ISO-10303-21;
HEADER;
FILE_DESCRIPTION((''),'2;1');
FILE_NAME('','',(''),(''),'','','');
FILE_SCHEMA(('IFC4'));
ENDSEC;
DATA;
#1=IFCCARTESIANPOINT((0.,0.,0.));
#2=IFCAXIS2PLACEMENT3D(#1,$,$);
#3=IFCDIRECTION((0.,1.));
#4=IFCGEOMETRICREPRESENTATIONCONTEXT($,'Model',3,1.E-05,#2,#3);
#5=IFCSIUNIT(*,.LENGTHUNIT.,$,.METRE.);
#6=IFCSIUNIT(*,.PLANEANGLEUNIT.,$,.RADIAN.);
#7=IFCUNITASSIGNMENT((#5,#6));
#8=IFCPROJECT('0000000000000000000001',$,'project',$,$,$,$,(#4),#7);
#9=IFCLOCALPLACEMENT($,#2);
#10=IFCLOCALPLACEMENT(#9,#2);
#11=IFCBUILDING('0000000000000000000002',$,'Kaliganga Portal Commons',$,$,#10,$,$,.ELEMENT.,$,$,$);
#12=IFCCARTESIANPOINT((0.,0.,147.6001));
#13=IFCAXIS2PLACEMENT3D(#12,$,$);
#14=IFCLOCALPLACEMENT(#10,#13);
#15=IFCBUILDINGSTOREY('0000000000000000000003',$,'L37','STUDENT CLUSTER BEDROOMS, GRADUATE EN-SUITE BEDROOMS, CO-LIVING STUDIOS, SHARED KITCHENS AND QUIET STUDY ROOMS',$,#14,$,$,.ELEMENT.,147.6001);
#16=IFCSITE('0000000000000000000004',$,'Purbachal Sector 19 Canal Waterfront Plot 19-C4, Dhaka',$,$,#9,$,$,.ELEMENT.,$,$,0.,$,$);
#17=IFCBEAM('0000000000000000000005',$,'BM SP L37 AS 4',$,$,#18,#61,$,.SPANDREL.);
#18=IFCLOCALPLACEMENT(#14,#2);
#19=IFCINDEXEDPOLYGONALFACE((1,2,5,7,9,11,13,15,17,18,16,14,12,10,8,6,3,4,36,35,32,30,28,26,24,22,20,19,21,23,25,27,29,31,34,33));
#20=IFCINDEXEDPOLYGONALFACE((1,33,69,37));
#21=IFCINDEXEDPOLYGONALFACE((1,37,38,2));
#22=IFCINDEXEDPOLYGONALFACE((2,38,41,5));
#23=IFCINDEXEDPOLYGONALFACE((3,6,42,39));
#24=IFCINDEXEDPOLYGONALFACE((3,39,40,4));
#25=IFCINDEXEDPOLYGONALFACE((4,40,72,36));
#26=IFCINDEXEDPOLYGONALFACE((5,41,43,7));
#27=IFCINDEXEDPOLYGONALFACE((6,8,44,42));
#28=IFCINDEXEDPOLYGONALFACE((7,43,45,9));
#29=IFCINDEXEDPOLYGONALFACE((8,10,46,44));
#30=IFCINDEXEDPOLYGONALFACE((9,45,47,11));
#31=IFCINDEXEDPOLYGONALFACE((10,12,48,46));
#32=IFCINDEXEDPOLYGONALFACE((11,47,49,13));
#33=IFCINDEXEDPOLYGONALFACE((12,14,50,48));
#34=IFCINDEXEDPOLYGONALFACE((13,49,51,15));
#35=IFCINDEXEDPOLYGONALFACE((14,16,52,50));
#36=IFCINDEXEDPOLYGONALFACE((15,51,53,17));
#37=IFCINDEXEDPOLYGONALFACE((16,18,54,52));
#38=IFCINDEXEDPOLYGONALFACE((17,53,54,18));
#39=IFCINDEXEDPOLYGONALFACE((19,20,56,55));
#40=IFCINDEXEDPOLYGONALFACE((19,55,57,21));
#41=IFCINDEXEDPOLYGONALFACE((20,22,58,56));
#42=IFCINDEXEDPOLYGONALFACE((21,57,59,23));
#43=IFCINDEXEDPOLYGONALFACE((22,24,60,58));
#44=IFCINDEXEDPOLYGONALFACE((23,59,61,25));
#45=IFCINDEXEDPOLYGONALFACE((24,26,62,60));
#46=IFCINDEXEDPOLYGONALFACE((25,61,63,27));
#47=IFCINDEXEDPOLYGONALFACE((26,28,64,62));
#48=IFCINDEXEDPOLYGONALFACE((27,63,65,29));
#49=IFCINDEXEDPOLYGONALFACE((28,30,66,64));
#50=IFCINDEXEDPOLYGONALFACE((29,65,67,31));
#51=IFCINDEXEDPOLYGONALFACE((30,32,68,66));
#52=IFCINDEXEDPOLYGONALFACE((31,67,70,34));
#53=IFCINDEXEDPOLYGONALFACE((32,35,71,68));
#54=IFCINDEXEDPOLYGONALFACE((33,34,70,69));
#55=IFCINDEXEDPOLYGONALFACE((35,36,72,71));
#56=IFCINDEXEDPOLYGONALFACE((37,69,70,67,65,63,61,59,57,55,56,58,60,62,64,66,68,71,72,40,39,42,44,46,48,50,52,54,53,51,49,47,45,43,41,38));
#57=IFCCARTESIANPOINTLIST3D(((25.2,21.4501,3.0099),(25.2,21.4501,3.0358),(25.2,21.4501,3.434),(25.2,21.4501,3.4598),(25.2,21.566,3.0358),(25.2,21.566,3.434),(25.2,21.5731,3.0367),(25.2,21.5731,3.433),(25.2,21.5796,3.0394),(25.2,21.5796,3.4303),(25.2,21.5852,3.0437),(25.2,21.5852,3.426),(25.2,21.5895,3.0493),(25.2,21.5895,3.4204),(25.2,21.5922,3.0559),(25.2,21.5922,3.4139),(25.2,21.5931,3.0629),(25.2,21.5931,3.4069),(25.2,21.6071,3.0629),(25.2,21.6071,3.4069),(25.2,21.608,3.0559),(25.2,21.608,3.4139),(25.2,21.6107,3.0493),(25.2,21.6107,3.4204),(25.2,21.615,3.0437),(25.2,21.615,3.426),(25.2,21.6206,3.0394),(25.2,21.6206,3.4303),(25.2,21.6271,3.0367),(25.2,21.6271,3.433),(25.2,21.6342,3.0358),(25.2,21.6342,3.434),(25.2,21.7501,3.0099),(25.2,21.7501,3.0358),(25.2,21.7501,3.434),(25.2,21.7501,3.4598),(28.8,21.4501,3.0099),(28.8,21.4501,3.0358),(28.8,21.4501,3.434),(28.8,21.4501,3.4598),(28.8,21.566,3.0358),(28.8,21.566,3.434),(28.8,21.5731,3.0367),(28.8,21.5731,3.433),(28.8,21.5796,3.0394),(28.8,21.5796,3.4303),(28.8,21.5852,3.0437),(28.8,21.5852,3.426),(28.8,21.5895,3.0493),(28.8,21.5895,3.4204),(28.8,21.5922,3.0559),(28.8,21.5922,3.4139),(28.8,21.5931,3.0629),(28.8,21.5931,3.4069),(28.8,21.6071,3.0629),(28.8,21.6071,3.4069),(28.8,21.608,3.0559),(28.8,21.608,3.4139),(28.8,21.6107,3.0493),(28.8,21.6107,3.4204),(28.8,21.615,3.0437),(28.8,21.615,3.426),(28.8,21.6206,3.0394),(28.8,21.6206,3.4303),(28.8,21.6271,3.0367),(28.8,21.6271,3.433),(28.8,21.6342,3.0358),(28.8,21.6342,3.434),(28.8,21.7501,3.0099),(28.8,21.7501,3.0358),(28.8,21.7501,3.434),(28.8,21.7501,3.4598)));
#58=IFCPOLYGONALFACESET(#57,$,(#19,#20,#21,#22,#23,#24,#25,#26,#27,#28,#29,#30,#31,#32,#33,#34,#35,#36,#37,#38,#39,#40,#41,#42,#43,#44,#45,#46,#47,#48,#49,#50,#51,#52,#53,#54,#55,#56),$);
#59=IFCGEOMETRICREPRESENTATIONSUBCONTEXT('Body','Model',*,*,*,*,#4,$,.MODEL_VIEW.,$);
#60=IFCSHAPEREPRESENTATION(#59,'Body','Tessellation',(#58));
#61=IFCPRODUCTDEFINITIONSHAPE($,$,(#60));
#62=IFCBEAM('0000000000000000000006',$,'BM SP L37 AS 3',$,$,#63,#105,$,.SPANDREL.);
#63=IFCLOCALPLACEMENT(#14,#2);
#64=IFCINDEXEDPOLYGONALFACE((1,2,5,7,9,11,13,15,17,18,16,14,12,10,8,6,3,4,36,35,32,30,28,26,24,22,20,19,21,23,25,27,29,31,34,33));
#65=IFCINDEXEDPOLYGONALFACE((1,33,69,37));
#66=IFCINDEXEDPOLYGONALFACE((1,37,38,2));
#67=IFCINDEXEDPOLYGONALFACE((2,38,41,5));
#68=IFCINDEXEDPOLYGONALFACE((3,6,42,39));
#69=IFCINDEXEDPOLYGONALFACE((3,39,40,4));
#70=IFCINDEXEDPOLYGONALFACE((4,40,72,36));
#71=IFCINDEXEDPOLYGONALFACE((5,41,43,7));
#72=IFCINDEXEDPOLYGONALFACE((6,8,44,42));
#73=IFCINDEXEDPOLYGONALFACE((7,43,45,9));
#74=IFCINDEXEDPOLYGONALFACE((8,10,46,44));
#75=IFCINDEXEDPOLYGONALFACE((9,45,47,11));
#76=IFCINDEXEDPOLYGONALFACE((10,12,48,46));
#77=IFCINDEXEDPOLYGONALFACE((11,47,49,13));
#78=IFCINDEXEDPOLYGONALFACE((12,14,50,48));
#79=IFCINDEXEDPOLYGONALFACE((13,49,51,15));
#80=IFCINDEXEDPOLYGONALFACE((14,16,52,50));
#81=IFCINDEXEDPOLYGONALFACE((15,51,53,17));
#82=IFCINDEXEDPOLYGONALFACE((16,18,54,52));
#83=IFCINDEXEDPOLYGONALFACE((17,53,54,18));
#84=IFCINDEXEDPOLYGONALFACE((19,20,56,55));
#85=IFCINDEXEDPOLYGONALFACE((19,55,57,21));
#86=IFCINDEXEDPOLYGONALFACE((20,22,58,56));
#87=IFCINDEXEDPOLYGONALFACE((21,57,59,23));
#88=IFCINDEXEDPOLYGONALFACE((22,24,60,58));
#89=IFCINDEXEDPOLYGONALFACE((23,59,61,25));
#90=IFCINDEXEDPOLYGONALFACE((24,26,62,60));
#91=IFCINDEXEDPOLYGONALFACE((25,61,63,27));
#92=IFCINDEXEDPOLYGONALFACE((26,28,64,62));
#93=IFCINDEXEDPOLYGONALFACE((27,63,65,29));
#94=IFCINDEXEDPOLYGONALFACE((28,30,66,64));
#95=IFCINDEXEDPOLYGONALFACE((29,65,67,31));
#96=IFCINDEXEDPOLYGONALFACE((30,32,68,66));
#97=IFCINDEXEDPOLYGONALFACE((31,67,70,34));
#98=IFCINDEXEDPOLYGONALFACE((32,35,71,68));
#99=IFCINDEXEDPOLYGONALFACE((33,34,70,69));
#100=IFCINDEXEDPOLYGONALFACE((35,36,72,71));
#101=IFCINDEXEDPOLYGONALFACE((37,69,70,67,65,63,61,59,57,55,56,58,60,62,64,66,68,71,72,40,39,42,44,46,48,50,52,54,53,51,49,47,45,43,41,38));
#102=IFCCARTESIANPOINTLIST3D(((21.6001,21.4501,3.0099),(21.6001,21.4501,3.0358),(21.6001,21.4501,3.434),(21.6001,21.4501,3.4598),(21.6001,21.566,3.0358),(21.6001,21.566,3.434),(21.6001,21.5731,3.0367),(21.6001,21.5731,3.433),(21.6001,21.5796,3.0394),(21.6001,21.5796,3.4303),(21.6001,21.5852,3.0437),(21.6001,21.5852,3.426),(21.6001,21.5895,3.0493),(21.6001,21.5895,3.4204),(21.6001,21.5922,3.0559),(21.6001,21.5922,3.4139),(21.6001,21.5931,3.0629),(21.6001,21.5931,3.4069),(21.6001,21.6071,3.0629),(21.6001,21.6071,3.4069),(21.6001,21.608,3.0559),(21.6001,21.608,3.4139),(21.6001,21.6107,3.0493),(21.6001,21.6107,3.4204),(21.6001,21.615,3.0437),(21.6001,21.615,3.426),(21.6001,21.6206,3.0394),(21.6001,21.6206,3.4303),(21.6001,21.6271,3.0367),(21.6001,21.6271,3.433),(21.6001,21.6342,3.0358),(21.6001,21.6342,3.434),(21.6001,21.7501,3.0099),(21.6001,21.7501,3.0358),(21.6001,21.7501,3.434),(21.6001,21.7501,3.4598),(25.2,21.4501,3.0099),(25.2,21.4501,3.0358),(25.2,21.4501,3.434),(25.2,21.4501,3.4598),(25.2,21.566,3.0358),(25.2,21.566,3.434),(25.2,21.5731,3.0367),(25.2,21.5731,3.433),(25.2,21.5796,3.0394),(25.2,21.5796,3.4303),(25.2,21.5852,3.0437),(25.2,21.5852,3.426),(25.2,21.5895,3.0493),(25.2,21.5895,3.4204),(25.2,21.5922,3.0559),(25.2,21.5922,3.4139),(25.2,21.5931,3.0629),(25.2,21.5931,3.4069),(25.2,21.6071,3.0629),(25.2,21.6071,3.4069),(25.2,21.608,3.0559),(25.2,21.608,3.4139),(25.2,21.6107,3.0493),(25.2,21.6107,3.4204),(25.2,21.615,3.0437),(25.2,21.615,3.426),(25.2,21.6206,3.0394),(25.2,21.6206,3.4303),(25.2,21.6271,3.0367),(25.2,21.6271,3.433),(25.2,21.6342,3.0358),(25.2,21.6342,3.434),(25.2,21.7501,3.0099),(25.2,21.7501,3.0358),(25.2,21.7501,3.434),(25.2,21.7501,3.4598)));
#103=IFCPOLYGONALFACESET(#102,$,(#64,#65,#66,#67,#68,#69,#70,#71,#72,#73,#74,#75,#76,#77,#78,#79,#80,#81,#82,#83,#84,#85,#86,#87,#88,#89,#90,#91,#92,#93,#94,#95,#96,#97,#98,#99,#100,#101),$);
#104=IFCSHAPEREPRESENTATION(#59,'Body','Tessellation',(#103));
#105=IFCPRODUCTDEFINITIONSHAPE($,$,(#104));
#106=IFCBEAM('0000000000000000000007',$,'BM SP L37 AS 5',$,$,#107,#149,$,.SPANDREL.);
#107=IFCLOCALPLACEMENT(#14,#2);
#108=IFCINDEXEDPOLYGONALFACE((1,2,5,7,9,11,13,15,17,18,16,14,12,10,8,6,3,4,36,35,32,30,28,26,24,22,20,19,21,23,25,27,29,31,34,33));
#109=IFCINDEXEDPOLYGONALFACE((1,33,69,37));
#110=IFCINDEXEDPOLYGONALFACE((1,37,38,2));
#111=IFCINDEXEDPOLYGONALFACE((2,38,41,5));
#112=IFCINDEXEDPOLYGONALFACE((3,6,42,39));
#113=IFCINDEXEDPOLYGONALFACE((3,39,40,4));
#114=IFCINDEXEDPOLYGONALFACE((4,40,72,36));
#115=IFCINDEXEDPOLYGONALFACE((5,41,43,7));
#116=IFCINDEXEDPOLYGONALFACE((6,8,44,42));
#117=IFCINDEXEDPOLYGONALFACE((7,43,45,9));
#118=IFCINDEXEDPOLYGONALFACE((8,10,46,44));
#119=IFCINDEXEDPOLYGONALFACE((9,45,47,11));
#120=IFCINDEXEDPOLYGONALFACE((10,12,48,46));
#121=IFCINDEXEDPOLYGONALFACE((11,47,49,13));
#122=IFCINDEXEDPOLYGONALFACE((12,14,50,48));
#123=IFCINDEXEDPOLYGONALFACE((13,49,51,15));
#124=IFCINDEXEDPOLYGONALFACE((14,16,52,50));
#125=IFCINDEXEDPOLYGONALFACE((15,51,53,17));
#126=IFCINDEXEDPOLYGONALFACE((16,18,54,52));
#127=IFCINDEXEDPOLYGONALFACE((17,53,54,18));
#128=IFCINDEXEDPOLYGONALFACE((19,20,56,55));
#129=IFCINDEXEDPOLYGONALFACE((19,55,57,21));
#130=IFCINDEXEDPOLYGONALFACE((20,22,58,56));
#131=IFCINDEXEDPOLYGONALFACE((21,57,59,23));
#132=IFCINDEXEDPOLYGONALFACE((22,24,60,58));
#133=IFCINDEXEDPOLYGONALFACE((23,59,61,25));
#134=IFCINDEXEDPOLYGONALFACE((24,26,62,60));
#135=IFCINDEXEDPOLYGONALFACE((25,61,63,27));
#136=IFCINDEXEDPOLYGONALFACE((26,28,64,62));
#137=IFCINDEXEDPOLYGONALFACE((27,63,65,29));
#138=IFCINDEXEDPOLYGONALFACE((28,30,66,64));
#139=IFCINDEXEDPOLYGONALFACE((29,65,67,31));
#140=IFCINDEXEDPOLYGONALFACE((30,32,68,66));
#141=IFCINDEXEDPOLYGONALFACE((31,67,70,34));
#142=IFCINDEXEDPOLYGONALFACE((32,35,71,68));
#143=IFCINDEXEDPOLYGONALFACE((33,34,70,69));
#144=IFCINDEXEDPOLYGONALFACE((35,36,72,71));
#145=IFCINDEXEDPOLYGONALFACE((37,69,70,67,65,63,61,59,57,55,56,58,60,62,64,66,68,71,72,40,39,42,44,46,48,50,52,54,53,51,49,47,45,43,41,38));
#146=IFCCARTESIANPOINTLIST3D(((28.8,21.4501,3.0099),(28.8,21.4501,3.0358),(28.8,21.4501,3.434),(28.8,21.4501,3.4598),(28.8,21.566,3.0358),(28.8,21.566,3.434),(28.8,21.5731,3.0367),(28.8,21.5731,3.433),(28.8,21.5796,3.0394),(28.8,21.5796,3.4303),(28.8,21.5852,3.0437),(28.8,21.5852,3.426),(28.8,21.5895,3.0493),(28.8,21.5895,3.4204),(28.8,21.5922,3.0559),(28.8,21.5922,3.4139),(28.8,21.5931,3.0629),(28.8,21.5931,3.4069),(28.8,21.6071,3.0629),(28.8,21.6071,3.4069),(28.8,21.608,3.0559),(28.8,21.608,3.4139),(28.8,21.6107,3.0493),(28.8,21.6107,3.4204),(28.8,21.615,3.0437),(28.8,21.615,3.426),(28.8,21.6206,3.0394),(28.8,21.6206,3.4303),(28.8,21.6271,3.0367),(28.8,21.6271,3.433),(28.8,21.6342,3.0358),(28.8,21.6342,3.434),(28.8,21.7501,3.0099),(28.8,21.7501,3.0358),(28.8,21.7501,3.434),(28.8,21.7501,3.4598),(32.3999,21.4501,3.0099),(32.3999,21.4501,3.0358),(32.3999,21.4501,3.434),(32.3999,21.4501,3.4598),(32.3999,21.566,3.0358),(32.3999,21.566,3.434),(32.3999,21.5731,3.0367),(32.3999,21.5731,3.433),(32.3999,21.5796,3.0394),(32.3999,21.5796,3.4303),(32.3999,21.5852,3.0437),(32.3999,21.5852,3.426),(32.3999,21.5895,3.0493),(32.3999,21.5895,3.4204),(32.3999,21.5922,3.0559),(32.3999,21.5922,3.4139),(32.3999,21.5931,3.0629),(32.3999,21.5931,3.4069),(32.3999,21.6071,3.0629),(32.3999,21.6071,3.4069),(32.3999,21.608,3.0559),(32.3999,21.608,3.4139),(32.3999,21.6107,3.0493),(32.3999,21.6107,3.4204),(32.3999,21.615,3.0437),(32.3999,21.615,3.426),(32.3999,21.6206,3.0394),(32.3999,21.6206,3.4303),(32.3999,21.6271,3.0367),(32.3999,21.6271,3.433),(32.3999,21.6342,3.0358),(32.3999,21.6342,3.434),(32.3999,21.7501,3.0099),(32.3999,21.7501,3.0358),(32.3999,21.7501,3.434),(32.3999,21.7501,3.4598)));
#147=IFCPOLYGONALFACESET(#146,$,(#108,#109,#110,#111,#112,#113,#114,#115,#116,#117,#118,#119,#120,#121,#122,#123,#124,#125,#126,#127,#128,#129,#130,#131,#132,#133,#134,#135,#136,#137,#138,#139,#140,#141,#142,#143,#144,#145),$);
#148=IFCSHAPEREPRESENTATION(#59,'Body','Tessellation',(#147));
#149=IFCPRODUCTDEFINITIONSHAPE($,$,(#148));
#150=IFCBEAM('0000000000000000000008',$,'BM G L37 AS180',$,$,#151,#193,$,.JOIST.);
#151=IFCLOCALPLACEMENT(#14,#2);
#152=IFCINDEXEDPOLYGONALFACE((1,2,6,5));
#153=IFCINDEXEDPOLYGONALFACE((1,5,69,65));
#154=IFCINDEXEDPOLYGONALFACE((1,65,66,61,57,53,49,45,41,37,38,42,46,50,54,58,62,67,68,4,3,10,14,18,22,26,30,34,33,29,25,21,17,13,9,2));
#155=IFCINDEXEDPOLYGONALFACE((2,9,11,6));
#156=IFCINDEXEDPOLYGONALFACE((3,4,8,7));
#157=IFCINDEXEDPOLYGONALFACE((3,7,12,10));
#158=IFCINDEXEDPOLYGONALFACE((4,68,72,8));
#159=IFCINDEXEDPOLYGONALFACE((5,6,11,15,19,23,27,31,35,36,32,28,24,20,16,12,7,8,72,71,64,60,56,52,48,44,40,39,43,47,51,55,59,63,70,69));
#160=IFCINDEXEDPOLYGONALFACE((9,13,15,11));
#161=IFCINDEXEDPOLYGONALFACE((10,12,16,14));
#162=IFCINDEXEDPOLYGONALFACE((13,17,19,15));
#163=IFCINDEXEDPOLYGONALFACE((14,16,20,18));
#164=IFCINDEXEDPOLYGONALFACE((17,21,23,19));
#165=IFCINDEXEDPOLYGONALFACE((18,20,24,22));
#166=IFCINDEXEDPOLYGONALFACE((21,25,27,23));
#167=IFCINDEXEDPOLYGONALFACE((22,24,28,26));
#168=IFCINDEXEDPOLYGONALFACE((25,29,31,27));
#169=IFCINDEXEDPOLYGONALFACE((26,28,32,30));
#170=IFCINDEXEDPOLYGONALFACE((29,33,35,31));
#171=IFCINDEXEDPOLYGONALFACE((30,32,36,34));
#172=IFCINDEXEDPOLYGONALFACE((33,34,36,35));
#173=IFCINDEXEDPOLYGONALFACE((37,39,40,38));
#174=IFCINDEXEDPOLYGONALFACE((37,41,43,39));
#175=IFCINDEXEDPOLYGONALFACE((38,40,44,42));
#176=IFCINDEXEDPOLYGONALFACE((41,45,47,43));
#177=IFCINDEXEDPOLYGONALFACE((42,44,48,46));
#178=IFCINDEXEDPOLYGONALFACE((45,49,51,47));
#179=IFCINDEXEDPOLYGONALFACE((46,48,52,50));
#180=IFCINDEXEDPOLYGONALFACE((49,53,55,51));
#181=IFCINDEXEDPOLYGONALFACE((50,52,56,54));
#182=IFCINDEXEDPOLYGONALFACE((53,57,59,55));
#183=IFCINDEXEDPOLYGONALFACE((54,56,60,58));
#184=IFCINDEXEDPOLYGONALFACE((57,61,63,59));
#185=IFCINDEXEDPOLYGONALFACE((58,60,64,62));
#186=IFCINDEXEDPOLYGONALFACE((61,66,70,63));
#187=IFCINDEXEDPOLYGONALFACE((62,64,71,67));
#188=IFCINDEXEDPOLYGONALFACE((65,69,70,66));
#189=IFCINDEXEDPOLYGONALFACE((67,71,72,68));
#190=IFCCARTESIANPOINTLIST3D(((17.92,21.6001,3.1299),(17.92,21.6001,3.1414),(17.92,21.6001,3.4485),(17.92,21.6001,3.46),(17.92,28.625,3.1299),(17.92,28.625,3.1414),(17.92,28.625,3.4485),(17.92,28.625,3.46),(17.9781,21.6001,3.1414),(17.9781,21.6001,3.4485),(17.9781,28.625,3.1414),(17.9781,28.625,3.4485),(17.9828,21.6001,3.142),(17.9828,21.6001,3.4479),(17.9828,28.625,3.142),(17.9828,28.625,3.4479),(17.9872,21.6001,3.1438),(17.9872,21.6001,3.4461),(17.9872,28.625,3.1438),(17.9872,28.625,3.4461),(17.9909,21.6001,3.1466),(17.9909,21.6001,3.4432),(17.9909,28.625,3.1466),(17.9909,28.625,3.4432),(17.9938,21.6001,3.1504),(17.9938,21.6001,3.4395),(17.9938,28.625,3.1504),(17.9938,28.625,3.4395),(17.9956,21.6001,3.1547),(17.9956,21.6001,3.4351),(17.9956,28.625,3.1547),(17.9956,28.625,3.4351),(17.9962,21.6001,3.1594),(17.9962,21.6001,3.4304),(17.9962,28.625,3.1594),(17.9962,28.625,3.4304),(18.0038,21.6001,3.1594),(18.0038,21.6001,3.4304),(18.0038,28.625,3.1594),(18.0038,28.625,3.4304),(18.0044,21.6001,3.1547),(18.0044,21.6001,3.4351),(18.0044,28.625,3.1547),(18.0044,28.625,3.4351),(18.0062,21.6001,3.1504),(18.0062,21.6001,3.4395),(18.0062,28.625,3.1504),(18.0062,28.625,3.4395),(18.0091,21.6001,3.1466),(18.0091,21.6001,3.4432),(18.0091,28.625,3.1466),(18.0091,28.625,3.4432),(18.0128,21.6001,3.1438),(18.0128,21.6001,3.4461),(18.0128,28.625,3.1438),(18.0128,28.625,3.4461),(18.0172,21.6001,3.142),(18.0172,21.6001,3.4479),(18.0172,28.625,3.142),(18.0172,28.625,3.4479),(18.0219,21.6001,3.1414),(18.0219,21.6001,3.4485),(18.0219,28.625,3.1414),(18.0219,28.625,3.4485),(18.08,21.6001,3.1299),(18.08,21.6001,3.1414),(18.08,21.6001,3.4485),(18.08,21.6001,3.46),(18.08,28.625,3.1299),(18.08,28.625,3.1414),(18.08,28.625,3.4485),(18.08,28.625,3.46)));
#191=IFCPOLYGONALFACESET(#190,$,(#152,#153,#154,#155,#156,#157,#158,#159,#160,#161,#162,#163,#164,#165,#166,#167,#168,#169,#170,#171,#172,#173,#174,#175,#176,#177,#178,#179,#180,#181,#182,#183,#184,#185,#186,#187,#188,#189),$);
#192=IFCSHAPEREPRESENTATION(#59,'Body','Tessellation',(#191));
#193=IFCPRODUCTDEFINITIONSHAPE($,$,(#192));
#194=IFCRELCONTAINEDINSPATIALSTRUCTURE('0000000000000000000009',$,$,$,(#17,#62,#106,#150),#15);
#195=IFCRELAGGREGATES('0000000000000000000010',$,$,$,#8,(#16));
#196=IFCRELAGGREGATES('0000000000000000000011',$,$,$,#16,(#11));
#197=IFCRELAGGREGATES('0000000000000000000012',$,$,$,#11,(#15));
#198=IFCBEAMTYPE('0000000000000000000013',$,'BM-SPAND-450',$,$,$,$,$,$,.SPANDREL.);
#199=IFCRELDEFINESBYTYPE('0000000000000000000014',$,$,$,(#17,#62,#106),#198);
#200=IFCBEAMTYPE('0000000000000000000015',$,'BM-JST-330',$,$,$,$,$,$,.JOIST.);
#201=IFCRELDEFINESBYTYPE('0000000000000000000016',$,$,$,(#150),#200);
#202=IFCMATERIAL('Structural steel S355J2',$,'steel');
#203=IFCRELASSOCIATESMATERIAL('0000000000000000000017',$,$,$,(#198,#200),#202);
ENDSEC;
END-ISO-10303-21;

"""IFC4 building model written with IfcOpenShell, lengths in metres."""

from ifc_helpers import new_model, si_unit, direction, frame, origin, origin_2d, place, context, subcontext, project, spatial, i_section, extrude, source, transform, mapped, material, material_profile, profile_set, type_object, element, save


model = new_model("IFC4")

# Units and contexts
model_context = context("Model", 3, precision=1e-05, world=origin(), true_north=direction((0.0, 1.0)))
body_context = subcontext(model_context, "Body", "Model", "MODEL_VIEW")
ifc_project = project(units=[si_unit("LENGTHUNIT", "METRE"), si_unit("PLANEANGLEUNIT", "RADIAN")], contexts=[model_context])

# Site, building, storey
site_placement = place(None, origin())
site = spatial("IfcSite", under=ifc_project, at=site_placement, Name="Purbachal Sector 19 Canal Waterfront Plot 19-C4, Dhaka", CompositionType="ELEMENT", RefElevation=0.0)
building_placement = place(site_placement, origin())
building = spatial("IfcBuilding", under=site, at=building_placement, Name="Kaliganga Portal Commons", CompositionType="ELEMENT")
storey_placement = place(building_placement, frame((0.0, 0.0, 147.6001)))
storey = spatial("IfcBuildingStorey", under=building, at=storey_placement, Name="L37", Description="STUDENT CLUSTER BEDROOMS, GRADUATE EN-SUITE BEDROOMS, CO-LIVING STUDIOS, SHARED KITCHENS AND QUIET STUDY ROOMS", CompositionType="ELEMENT", Elevation=147.6001)

# Beams
ifc_material_1 = material(Name="Structural steel S355J2", Category="steel")
ifc_material_profile_1 = material_profile(ifc_material_1, i_section(OverallWidth=0.3, OverallDepth=0.45, WebThickness=0.0139, FlangeThickness=0.0259, FilletRadius=0.0271, at=origin_2d()), Name="HE 450 B")
ifc_profile_set_1 = profile_set([ifc_material_profile_1], Name="Structural steel S355J2 wide-flange")
beam_type_1 = type_object("IfcBeamType", Name="BM-SPAND-450", PredefinedType="SPANDREL", material=ifc_profile_set_1)
shared_shape_1 = source(origin(), body_context, "Body", "SweptSolid", [
    extrude(i_section(OverallWidth=0.3, OverallDepth=0.45, WebThickness=0.0139, FlangeThickness=0.0259, FilletRadius=0.0271, at=origin_2d()), origin(), (0.0, 0.0, 1.0), 3.6001),
])
for number, where, z_axis, x_axis, name in (
    (1, (25.2, 21.6001, 3.2349), (1.0, 0.0, 0.0), (0.0, 1.0, 0.0), "BM SP L37 AS 4"),
):
    element("IfcBeam", number, at=place(storey_placement, frame(where, z_axis=z_axis, x_axis=x_axis)), inside=storey, type_object=beam_type_1, Name=name, PredefinedType="SPANDREL", context=body_context, shape_type="MappedRepresentation", body=[
        mapped(shared_shape_1, transform((0.0, 0.0, 0.0), x_axis=(1.0, 0.0, 0.0), y_axis=(0.0, 1.0, 0.0), z_axis=(0.0, 0.0, 1.0), scale=1.0)),
    ])
shared_shape_2 = source(origin(), body_context, "Body", "SweptSolid", [
    extrude(i_section(OverallWidth=0.3, OverallDepth=0.45, WebThickness=0.0139, FlangeThickness=0.0259, FilletRadius=0.0271, at=origin_2d()), origin(), (0.0, 0.0, 1.0), 3.5999),
])
for number, where, z_axis, x_axis, name in (
    (2, (21.6001, 21.6001, 3.2349), (1.0, 0.0, 0.0), (0.0, 1.0, 0.0), "BM SP L37 AS 3"),
    (3, (28.8, 21.6001, 3.2349), (1.0, 0.0, 0.0), (0.0, 1.0, 0.0), "BM SP L37 AS 5"),
):
    element("IfcBeam", number, at=place(storey_placement, frame(where, z_axis=z_axis, x_axis=x_axis)), inside=storey, type_object=beam_type_1, Name=name, PredefinedType="SPANDREL", context=body_context, shape_type="MappedRepresentation", body=[
        mapped(shared_shape_2, transform((0.0, 0.0, 0.0), x_axis=(1.0, 0.0, 0.0), y_axis=(0.0, 1.0, 0.0), z_axis=(0.0, 0.0, 1.0), scale=1.0)),
    ])
ifc_material_profile_2 = material_profile(ifc_material_1, i_section(OverallWidth=0.1599, OverallDepth=0.3301, WebThickness=0.0076, FlangeThickness=0.0115, FilletRadius=0.0181, at=origin_2d()), Name="IPE 330")
ifc_profile_set_2 = profile_set([ifc_material_profile_2], Name="Structural steel S355J2 wide-flange")
beam_type_2 = type_object("IfcBeamType", Name="BM-JST-330", PredefinedType="JOIST", material=ifc_profile_set_2)
shared_shape_3 = source(origin(), body_context, "Body", "SweptSolid", [
    extrude(i_section(OverallWidth=0.1599, OverallDepth=0.3301, WebThickness=0.0076, FlangeThickness=0.0115, FilletRadius=0.0181, at=origin_2d()), origin(), (0.0, 0.0, 1.0), 7.0249),
])
for number, where, z_axis, x_axis, name in (
    (4, (18.0, 21.6001, 3.2949), (0.0, 1.0, 0.0), (-1.0, 0.0, 0.0), "BM G L37 AS180"),
):
    element("IfcBeam", number, at=place(storey_placement, frame(where, z_axis=z_axis, x_axis=x_axis)), inside=storey, type_object=beam_type_2, Name=name, PredefinedType="JOIST", context=body_context, shape_type="MappedRepresentation", body=[
        mapped(shared_shape_3, transform((0.0, 0.0, 0.0), x_axis=(1.0, 0.0, 0.0), y_axis=(0.0, 1.0, 0.0), z_axis=(0.0, 0.0, 1.0), scale=1.0)),
    ])

save(model, "model.ifc")
